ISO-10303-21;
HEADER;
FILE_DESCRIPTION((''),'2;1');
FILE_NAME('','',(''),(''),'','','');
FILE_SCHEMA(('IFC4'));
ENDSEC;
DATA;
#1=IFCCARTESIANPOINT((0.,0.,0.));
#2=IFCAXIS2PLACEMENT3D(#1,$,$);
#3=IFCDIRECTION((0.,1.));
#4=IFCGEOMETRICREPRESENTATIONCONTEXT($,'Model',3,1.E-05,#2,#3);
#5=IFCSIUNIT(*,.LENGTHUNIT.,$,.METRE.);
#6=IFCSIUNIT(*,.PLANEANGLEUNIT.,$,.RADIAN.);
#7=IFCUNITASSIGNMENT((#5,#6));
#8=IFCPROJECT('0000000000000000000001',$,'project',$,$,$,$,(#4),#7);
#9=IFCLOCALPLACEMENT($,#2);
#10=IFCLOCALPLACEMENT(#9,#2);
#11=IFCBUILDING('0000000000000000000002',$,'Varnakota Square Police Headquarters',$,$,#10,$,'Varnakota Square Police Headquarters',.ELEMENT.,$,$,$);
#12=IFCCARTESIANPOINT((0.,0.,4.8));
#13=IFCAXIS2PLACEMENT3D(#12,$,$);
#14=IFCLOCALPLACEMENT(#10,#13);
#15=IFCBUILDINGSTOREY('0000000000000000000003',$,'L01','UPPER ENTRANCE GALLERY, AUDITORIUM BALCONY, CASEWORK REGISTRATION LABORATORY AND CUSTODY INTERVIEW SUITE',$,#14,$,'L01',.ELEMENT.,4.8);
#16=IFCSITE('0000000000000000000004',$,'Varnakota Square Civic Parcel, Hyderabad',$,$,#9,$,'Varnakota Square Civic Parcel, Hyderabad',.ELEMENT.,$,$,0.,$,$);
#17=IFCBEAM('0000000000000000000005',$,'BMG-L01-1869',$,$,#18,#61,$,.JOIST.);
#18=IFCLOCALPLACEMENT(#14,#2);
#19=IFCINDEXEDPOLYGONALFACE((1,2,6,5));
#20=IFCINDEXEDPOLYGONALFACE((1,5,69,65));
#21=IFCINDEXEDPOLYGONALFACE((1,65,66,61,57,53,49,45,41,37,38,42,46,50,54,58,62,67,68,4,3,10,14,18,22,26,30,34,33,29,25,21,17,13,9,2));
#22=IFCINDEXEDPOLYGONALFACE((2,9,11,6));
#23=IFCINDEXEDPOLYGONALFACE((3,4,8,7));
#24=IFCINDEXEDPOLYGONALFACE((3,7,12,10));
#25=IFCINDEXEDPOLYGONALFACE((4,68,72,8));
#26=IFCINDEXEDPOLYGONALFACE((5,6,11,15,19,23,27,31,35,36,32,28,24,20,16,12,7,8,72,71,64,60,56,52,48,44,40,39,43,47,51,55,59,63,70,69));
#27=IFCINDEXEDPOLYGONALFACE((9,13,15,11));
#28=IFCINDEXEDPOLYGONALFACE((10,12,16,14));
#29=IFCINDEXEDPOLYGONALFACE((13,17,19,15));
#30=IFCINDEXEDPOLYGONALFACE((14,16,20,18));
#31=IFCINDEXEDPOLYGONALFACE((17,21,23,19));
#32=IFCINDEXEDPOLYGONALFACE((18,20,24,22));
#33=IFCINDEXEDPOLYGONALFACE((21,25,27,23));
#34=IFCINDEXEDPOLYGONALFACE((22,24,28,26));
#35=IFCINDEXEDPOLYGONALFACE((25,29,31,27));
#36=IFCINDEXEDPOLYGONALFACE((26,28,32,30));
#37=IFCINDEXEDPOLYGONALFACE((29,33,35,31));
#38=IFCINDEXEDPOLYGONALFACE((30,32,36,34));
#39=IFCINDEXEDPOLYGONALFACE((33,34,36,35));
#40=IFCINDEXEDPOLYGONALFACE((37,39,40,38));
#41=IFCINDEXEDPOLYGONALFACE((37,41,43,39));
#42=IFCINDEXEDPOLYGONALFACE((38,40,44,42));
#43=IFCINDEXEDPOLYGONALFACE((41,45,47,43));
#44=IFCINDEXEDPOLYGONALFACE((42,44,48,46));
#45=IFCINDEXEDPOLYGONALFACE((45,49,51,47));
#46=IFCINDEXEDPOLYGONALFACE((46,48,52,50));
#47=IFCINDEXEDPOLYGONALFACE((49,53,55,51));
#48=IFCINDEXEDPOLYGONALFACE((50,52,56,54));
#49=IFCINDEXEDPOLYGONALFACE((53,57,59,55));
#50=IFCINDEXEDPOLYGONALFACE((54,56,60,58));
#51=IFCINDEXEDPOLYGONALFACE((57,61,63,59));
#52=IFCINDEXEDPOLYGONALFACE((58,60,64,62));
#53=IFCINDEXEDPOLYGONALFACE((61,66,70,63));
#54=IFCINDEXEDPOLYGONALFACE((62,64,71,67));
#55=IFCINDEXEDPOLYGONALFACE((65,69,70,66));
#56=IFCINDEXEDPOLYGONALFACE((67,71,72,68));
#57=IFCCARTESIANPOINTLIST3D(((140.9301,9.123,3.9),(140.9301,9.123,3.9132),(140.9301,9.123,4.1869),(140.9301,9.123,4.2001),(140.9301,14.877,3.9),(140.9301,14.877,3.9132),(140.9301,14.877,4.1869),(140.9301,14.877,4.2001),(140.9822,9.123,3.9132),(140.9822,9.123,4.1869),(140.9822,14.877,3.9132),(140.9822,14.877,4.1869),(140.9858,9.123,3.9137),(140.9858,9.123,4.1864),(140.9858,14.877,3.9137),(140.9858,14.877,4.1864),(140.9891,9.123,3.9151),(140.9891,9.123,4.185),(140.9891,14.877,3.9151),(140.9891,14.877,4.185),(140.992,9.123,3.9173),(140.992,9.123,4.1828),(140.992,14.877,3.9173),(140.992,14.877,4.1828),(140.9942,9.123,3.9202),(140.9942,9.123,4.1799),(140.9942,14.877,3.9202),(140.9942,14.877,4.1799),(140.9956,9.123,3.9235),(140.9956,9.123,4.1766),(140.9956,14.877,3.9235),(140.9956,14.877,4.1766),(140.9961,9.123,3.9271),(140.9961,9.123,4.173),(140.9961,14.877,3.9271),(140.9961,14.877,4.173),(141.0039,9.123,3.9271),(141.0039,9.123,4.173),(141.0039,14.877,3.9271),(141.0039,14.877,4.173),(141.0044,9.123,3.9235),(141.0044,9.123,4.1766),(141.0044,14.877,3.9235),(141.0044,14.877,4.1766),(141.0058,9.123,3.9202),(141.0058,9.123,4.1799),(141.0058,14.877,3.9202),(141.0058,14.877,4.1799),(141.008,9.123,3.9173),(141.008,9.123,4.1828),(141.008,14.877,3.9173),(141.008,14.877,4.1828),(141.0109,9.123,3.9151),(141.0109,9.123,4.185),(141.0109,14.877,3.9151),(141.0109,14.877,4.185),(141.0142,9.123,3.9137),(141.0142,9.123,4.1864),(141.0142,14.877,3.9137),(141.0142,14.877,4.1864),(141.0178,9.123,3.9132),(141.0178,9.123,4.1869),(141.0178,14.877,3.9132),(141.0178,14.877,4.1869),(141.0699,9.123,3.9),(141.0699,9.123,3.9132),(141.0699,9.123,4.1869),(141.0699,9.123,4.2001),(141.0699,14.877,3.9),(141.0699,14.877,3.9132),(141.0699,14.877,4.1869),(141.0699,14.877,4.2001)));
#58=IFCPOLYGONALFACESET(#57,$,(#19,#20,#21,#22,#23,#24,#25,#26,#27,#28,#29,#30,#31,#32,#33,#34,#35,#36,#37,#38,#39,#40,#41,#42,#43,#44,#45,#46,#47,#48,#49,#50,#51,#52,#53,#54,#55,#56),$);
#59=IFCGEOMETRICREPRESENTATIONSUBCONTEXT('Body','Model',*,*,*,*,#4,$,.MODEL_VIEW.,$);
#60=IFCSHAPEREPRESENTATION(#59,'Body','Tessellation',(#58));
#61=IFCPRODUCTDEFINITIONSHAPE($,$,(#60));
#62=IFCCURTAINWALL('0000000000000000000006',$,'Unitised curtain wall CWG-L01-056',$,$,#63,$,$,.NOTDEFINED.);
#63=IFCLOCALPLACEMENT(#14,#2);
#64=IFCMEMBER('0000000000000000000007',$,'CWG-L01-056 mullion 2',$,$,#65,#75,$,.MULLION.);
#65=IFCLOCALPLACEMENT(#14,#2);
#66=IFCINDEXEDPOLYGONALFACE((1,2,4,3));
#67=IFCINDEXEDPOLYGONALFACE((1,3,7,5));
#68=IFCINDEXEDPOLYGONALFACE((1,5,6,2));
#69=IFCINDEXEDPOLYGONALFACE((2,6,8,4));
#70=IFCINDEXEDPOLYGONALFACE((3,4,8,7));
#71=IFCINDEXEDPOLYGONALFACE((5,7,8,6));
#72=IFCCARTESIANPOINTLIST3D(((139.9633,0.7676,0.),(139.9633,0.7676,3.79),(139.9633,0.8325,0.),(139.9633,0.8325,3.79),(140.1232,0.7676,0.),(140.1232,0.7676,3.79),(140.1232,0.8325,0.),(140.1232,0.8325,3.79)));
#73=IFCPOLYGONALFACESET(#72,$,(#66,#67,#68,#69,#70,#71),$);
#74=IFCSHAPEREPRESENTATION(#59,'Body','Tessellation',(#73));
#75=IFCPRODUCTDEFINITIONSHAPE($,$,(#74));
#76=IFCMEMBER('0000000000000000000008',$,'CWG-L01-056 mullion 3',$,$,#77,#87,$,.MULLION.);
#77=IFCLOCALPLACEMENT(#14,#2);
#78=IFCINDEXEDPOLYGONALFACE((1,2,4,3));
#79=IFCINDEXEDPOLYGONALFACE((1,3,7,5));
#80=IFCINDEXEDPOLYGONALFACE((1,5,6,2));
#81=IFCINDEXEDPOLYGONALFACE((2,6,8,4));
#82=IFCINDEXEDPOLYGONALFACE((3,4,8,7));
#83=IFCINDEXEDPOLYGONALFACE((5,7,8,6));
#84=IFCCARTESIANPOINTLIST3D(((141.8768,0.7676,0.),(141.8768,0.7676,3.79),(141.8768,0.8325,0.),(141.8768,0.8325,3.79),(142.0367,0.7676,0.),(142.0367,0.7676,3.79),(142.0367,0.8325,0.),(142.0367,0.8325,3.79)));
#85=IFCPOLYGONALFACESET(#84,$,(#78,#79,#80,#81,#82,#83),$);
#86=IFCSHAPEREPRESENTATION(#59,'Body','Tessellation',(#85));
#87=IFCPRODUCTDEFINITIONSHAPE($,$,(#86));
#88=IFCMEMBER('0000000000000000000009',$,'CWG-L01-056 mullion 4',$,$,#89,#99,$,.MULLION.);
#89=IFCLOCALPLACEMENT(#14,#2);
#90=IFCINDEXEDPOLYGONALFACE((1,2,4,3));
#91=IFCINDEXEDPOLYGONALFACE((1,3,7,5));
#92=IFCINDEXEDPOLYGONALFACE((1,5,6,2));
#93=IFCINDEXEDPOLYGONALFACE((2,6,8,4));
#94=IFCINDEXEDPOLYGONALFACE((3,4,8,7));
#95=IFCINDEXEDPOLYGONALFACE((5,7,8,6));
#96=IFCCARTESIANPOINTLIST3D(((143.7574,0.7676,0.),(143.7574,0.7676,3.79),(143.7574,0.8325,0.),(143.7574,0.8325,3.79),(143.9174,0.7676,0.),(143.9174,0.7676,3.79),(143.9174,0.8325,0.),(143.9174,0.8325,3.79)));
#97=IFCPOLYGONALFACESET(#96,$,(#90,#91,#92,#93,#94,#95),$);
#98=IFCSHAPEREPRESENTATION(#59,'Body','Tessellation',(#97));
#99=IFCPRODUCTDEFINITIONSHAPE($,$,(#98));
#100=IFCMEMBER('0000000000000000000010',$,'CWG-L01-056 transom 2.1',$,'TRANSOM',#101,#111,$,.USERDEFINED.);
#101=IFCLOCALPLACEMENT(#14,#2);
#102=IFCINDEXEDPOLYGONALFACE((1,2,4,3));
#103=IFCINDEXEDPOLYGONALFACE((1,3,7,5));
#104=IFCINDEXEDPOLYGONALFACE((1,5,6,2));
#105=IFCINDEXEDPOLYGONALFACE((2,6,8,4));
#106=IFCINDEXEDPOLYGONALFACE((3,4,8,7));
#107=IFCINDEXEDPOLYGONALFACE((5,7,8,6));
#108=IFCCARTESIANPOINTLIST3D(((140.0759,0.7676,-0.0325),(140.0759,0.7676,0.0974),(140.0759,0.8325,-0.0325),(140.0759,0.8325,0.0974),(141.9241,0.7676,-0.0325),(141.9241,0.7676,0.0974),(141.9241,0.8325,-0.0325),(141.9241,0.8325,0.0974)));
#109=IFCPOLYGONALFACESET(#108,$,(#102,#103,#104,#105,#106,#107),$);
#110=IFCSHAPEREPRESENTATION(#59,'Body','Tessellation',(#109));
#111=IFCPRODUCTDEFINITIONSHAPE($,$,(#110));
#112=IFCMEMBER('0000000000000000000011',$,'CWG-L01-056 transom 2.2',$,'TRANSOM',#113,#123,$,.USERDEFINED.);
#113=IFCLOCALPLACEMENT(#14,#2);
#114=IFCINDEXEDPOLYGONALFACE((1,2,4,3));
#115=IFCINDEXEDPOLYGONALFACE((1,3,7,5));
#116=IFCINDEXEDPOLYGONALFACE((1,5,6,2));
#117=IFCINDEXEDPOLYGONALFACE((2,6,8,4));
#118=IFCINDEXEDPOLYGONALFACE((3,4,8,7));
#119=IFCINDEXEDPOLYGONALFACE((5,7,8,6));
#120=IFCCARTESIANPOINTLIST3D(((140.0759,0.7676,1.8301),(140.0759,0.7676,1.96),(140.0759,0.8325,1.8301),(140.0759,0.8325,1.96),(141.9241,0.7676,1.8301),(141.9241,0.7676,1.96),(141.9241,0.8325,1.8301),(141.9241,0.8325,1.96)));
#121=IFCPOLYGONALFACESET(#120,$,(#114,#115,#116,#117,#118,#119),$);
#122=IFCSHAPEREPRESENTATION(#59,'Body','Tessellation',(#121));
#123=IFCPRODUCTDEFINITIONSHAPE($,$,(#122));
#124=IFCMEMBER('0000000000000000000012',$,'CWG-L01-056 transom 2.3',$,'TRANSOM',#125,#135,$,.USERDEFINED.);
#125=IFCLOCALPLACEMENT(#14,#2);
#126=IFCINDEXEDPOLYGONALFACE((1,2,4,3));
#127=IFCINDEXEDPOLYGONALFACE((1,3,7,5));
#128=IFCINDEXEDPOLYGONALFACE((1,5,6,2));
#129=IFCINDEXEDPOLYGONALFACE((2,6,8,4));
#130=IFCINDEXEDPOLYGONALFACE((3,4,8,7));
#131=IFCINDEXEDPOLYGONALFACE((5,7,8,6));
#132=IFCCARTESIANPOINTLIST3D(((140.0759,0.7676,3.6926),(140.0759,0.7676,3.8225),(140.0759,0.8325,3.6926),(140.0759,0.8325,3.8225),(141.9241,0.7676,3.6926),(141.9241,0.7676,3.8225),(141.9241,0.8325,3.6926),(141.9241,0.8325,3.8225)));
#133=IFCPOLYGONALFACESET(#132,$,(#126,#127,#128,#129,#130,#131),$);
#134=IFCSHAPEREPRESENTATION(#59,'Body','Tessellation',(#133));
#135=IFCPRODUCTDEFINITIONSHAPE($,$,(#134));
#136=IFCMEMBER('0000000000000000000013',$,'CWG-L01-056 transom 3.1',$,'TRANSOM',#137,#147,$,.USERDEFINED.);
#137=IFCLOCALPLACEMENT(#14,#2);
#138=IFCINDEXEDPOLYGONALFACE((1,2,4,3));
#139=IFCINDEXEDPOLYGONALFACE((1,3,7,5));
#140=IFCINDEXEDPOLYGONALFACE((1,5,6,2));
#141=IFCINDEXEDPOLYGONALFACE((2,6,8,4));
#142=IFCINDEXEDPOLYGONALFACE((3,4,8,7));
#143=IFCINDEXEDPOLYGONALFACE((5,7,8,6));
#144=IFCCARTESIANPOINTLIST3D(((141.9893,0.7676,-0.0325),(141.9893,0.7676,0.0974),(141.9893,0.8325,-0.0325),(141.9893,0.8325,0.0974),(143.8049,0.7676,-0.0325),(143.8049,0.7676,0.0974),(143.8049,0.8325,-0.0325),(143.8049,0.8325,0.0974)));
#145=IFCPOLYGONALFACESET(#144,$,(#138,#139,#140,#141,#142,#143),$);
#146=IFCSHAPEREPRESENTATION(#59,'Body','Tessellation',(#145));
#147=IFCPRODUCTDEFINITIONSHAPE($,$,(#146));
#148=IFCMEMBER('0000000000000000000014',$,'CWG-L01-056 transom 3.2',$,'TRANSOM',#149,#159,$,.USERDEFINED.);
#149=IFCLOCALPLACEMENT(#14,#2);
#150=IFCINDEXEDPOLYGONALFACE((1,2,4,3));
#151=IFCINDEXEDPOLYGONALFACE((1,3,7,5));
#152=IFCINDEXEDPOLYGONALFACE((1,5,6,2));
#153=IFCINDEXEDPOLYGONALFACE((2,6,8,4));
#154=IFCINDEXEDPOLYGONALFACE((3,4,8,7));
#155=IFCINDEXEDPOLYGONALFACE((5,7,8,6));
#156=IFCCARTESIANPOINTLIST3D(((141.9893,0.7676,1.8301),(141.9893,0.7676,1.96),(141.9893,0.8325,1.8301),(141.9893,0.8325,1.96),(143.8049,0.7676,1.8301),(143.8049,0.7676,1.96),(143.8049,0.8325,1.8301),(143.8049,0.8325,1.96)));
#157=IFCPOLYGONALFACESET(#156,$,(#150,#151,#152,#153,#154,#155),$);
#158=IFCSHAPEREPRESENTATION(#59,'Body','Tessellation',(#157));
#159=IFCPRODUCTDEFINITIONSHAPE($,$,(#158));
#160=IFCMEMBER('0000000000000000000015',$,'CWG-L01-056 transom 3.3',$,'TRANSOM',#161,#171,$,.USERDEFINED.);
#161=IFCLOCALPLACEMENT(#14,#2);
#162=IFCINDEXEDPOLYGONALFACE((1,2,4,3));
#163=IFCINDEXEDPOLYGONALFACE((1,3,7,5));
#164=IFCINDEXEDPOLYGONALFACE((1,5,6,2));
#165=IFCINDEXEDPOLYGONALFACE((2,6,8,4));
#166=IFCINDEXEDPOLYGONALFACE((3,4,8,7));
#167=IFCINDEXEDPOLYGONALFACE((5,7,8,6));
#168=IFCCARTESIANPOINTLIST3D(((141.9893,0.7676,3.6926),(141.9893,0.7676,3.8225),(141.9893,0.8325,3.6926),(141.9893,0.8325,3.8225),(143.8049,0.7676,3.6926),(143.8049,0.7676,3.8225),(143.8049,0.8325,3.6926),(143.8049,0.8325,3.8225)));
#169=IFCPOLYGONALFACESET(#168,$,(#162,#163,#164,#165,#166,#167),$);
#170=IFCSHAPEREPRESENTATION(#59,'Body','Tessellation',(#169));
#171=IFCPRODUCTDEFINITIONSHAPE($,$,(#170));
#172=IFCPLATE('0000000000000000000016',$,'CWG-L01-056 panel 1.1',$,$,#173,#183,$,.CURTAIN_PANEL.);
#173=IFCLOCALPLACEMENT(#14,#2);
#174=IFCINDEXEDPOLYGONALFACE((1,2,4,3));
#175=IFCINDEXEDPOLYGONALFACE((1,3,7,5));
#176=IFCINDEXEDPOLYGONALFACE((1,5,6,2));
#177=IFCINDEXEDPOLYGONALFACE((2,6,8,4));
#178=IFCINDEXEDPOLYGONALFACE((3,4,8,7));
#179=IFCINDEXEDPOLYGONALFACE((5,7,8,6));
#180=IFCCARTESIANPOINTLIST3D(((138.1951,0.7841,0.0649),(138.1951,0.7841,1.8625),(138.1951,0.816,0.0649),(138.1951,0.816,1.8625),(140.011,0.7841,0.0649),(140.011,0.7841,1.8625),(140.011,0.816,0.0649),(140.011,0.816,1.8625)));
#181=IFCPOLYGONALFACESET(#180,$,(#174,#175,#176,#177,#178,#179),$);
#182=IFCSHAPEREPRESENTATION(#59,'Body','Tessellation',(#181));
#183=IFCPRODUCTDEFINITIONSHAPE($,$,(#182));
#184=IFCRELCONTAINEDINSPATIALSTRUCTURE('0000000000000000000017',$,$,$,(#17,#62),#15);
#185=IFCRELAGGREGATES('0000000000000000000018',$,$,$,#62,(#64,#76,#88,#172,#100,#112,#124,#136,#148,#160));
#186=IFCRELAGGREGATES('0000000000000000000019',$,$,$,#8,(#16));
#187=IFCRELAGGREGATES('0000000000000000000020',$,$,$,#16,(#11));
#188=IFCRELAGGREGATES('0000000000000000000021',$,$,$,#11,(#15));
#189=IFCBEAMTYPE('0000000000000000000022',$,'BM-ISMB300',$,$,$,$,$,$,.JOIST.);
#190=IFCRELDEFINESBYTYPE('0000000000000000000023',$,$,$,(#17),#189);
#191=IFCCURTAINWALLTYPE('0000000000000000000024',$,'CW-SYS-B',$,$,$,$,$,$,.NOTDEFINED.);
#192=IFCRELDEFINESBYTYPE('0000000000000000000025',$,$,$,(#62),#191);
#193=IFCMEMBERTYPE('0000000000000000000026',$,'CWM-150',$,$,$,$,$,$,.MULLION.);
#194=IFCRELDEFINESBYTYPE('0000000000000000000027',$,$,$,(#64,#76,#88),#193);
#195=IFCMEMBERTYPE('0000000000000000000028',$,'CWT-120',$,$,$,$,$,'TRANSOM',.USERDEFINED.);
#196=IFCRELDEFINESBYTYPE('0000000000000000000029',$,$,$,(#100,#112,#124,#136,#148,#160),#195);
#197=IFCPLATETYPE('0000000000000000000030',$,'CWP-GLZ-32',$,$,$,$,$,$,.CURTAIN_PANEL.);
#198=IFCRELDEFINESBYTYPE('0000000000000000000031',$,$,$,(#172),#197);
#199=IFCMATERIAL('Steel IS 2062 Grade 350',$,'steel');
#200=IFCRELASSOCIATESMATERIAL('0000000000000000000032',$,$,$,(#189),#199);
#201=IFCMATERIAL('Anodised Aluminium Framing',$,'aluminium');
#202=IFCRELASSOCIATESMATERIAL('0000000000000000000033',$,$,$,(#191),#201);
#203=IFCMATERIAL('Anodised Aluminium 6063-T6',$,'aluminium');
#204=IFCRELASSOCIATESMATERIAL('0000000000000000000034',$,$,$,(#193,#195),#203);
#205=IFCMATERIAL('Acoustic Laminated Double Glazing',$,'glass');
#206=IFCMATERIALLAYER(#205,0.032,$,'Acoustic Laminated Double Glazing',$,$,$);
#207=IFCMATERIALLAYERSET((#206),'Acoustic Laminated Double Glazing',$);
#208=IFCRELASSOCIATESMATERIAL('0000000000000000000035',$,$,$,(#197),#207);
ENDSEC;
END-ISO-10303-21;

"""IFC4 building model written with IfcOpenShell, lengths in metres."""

from ifc_helpers import new_model, si_unit, direction, frame, origin, origin_2d, place, context, subcontext, project, spatial, rectangle, i_section, extrude, material, layer, layer_set, material_profile, profile_set, type_object, element, aggregate, save


model = new_model("IFC4")

# Units and contexts
model_context = context("Model", 3, precision=1e-05, world=origin(), true_north=direction((0.0, 1.0)))
body_context = subcontext(model_context, "Body", "Model", "MODEL_VIEW")
ifc_project = project(units=[si_unit("LENGTHUNIT", "METRE"), si_unit("PLANEANGLEUNIT", "RADIAN")], contexts=[model_context])

# Site, building, storey
site_placement = place(None, origin())
site = spatial("IfcSite", under=ifc_project, at=site_placement, Name="Varnakota Square Civic Parcel, Hyderabad", LongName="Varnakota Square Civic Parcel, Hyderabad", CompositionType="ELEMENT", RefElevation=0.0)
building_placement = place(site_placement, origin())
building = spatial("IfcBuilding", under=site, at=building_placement, Name="Varnakota Square Police Headquarters", LongName="Varnakota Square Police Headquarters", CompositionType="ELEMENT")
storey_placement = place(building_placement, frame((0.0, 0.0, 4.8)))
storey = spatial("IfcBuildingStorey", under=building, at=storey_placement, Name="L01", Description="UPPER ENTRANCE GALLERY, AUDITORIUM BALCONY, CASEWORK REGISTRATION LABORATORY AND CUSTODY INTERVIEW SUITE", LongName="L01", CompositionType="ELEMENT", Elevation=4.8)

# Beam
ifc_material_1 = material(Name="Steel IS 2062 Grade 350", Category="steel")
ifc_material_profile_1 = material_profile(ifc_material_1, i_section(OverallWidth=0.1399, OverallDepth=0.3, WebThickness=0.0078, FlangeThickness=0.0132, FilletRadius=0.0139, at=origin_2d()), Name="ISMB 300")
ifc_profile_set_1 = profile_set([ifc_material_profile_1], Name="Steel IS 2062 Grade 350")
beam_type = type_object("IfcBeamType", Name="BM-ISMB300", PredefinedType="JOIST", material=ifc_profile_set_1)
beam_placement = place(storey_placement, frame((141.0, 9.123, 4.05), z_axis=(0.0, 1.0, 0.0), x_axis=(-1.0, 0.0, 0.0)))
element("IfcBeam", 1, at=beam_placement, inside=storey, type_object=beam_type, Name="BMG-L01-1869", PredefinedType="JOIST", context=body_context, shape_type="SweptSolid", body=[
    extrude(i_section(OverallWidth=0.1399, OverallDepth=0.3, WebThickness=0.0078, FlangeThickness=0.0132, FilletRadius=0.0139, at=origin_2d()), origin(), (0.0, 0.0, 1.0), 5.7539),
])

# Curtain wall, members, plate
ifc_material_2 = material(Name="Anodised Aluminium Framing", Category="aluminium")
curtain_wall_type = type_object("IfcCurtainWallType", Name="CW-SYS-B", PredefinedType="NOTDEFINED", material=ifc_material_2)
curtain_wall_placement = place(storey_placement, origin())
curtain_wall = element("IfcCurtainWall", 2, at=curtain_wall_placement, inside=storey, type_object=curtain_wall_type, Name="Unitised curtain wall CWG-L01-056", PredefinedType="NOTDEFINED")
ifc_material_3 = material(Name="Anodised Aluminium 6063-T6", Category="aluminium")
ifc_material_profile_2 = material_profile(ifc_material_3, rectangle(XDim=0.0649, YDim=0.1599, at=origin_2d()), Name="ALU MULLION 65x160")
ifc_profile_set_2 = profile_set([ifc_material_profile_2], Name="Anodised Aluminium 6063-T6")
member_type_1 = type_object("IfcMemberType", Name="CWM-150", PredefinedType="MULLION", material=ifc_profile_set_2)
member_1_placement = place(storey_placement, frame((140.0432, 0.8, 0.0), z_axis=(0.0, 0.0, 1.0), x_axis=(0.0, 1.0, 0.0)))
member_1 = element("IfcMember", 3, at=member_1_placement, type_object=member_type_1, Name="CWG-L01-056 mullion 2", PredefinedType="MULLION", context=body_context, shape_type="SweptSolid", body=[
    extrude(rectangle(XDim=0.0649, YDim=0.1599, at=origin_2d()), origin(), (0.0, 0.0, 1.0), 3.79),
])
member_2_placement = place(storey_placement, frame((141.9568, 0.8, 0.0), z_axis=(0.0, 0.0, 1.0), x_axis=(0.0, 1.0, 0.0)))
member_2 = element("IfcMember", 4, at=member_2_placement, type_object=member_type_1, Name="CWG-L01-056 mullion 3", PredefinedType="MULLION", context=body_context, shape_type="SweptSolid", body=[
    extrude(rectangle(XDim=0.0649, YDim=0.1599, at=origin_2d()), origin(), (0.0, 0.0, 1.0), 3.79),
])
member_3_placement = place(storey_placement, frame((143.8374, 0.8, 0.0), z_axis=(0.0, 0.0, 1.0), x_axis=(0.0, 1.0, 0.0)))
member_3 = element("IfcMember", 5, at=member_3_placement, type_object=member_type_1, Name="CWG-L01-056 mullion 4", PredefinedType="MULLION", context=body_context, shape_type="SweptSolid", body=[
    extrude(rectangle(XDim=0.0649, YDim=0.1599, at=origin_2d()), origin(), (0.0, 0.0, 1.0), 3.79),
])
ifc_material_profile_3 = material_profile(ifc_material_3, rectangle(XDim=0.0649, YDim=0.1299, at=origin_2d()), Name="ALU TRANSOM 65x130")
ifc_profile_set_3 = profile_set([ifc_material_profile_3], Name="Anodised Aluminium 6063-T6")
member_type_2 = type_object("IfcMemberType", Name="CWT-120", ElementType="TRANSOM", PredefinedType="USERDEFINED", material=ifc_profile_set_3)
member_4_placement = place(storey_placement, frame((140.0759, 0.8, 0.0325), z_axis=(1.0, 0.0, 0.0), x_axis=(0.0, 1.0, 0.0)))
member_4 = element("IfcMember", 6, at=member_4_placement, type_object=member_type_2, Name="CWG-L01-056 transom 2.1", ObjectType="TRANSOM", PredefinedType="USERDEFINED", context=body_context, shape_type="SweptSolid", body=[
    extrude(rectangle(XDim=0.0649, YDim=0.1299, at=origin_2d()), origin(), (0.0, 0.0, 1.0), 1.8481),
])
member_5_placement = place(storey_placement, frame((140.0759, 0.8, 1.895), z_axis=(1.0, 0.0, 0.0), x_axis=(0.0, 1.0, 0.0)))
member_5 = element("IfcMember", 7, at=member_5_placement, type_object=member_type_2, Name="CWG-L01-056 transom 2.2", ObjectType="TRANSOM", PredefinedType="USERDEFINED", context=body_context, shape_type="SweptSolid", body=[
    extrude(rectangle(XDim=0.0649, YDim=0.1299, at=origin_2d()), origin(), (0.0, 0.0, 1.0), 1.8481),
])
member_6_placement = place(storey_placement, frame((140.0759, 0.8, 3.7576), z_axis=(1.0, 0.0, 0.0), x_axis=(0.0, 1.0, 0.0)))
member_6 = element("IfcMember", 8, at=member_6_placement, type_object=member_type_2, Name="CWG-L01-056 transom 2.3", ObjectType="TRANSOM", PredefinedType="USERDEFINED", context=body_context, shape_type="SweptSolid", body=[
    extrude(rectangle(XDim=0.0649, YDim=0.1299, at=origin_2d()), origin(), (0.0, 0.0, 1.0), 1.8481),
])
member_7_placement = place(storey_placement, frame((141.9893, 0.8, 0.0325), z_axis=(1.0, 0.0, 0.0), x_axis=(0.0, 1.0, 0.0)))
member_7 = element("IfcMember", 9, at=member_7_placement, type_object=member_type_2, Name="CWG-L01-056 transom 3.1", ObjectType="TRANSOM", PredefinedType="USERDEFINED", context=body_context, shape_type="SweptSolid", body=[
    extrude(rectangle(XDim=0.0649, YDim=0.1299, at=origin_2d()), origin(), (0.0, 0.0, 1.0), 1.8157),
])
member_8_placement = place(storey_placement, frame((141.9893, 0.8, 1.895), z_axis=(1.0, 0.0, 0.0), x_axis=(0.0, 1.0, 0.0)))
member_8 = element("IfcMember", 10, at=member_8_placement, type_object=member_type_2, Name="CWG-L01-056 transom 3.2", ObjectType="TRANSOM", PredefinedType="USERDEFINED", context=body_context, shape_type="SweptSolid", body=[
    extrude(rectangle(XDim=0.0649, YDim=0.1299, at=origin_2d()), origin(), (0.0, 0.0, 1.0), 1.8157),
])
member_9_placement = place(storey_placement, frame((141.9893, 0.8, 3.7576), z_axis=(1.0, 0.0, 0.0), x_axis=(0.0, 1.0, 0.0)))
member_9 = element("IfcMember", 11, at=member_9_placement, type_object=member_type_2, Name="CWG-L01-056 transom 3.3", ObjectType="TRANSOM", PredefinedType="USERDEFINED", context=body_context, shape_type="SweptSolid", body=[
    extrude(rectangle(XDim=0.0649, YDim=0.1299, at=origin_2d()), origin(), (0.0, 0.0, 1.0), 1.8157),
])
ifc_material_4 = material(Name="Acoustic Laminated Double Glazing", Category="glass")
ifc_layer_1 = layer(ifc_material_4, 0.032, Name="Acoustic Laminated Double Glazing")
ifc_layer_set_1 = layer_set([ifc_layer_1], Name="Acoustic Laminated Double Glazing")
plate_type_1 = type_object("IfcPlateType", Name="CWP-GLZ-32", PredefinedType="CURTAIN_PANEL", material=ifc_layer_set_1)
plate_1_placement = place(storey_placement, frame((139.103, 0.8, 0.0649), z_axis=(0.0, 0.0, 1.0), x_axis=(1.0, 0.0, 0.0)))
plate_1 = element("IfcPlate", 12, at=plate_1_placement, type_object=plate_type_1, Name="CWG-L01-056 panel 1.1", PredefinedType="CURTAIN_PANEL", context=body_context, shape_type="SweptSolid", body=[
    extrude(rectangle(XDim=1.8159, YDim=0.032, at=origin_2d()), origin(), (0.0, 0.0, 1.0), 1.7976),
])
aggregate(curtain_wall, [member_1, member_2, member_3, plate_1, member_4, member_5, member_6, member_7, member_8, member_9])

save(model, "model.ifc")
